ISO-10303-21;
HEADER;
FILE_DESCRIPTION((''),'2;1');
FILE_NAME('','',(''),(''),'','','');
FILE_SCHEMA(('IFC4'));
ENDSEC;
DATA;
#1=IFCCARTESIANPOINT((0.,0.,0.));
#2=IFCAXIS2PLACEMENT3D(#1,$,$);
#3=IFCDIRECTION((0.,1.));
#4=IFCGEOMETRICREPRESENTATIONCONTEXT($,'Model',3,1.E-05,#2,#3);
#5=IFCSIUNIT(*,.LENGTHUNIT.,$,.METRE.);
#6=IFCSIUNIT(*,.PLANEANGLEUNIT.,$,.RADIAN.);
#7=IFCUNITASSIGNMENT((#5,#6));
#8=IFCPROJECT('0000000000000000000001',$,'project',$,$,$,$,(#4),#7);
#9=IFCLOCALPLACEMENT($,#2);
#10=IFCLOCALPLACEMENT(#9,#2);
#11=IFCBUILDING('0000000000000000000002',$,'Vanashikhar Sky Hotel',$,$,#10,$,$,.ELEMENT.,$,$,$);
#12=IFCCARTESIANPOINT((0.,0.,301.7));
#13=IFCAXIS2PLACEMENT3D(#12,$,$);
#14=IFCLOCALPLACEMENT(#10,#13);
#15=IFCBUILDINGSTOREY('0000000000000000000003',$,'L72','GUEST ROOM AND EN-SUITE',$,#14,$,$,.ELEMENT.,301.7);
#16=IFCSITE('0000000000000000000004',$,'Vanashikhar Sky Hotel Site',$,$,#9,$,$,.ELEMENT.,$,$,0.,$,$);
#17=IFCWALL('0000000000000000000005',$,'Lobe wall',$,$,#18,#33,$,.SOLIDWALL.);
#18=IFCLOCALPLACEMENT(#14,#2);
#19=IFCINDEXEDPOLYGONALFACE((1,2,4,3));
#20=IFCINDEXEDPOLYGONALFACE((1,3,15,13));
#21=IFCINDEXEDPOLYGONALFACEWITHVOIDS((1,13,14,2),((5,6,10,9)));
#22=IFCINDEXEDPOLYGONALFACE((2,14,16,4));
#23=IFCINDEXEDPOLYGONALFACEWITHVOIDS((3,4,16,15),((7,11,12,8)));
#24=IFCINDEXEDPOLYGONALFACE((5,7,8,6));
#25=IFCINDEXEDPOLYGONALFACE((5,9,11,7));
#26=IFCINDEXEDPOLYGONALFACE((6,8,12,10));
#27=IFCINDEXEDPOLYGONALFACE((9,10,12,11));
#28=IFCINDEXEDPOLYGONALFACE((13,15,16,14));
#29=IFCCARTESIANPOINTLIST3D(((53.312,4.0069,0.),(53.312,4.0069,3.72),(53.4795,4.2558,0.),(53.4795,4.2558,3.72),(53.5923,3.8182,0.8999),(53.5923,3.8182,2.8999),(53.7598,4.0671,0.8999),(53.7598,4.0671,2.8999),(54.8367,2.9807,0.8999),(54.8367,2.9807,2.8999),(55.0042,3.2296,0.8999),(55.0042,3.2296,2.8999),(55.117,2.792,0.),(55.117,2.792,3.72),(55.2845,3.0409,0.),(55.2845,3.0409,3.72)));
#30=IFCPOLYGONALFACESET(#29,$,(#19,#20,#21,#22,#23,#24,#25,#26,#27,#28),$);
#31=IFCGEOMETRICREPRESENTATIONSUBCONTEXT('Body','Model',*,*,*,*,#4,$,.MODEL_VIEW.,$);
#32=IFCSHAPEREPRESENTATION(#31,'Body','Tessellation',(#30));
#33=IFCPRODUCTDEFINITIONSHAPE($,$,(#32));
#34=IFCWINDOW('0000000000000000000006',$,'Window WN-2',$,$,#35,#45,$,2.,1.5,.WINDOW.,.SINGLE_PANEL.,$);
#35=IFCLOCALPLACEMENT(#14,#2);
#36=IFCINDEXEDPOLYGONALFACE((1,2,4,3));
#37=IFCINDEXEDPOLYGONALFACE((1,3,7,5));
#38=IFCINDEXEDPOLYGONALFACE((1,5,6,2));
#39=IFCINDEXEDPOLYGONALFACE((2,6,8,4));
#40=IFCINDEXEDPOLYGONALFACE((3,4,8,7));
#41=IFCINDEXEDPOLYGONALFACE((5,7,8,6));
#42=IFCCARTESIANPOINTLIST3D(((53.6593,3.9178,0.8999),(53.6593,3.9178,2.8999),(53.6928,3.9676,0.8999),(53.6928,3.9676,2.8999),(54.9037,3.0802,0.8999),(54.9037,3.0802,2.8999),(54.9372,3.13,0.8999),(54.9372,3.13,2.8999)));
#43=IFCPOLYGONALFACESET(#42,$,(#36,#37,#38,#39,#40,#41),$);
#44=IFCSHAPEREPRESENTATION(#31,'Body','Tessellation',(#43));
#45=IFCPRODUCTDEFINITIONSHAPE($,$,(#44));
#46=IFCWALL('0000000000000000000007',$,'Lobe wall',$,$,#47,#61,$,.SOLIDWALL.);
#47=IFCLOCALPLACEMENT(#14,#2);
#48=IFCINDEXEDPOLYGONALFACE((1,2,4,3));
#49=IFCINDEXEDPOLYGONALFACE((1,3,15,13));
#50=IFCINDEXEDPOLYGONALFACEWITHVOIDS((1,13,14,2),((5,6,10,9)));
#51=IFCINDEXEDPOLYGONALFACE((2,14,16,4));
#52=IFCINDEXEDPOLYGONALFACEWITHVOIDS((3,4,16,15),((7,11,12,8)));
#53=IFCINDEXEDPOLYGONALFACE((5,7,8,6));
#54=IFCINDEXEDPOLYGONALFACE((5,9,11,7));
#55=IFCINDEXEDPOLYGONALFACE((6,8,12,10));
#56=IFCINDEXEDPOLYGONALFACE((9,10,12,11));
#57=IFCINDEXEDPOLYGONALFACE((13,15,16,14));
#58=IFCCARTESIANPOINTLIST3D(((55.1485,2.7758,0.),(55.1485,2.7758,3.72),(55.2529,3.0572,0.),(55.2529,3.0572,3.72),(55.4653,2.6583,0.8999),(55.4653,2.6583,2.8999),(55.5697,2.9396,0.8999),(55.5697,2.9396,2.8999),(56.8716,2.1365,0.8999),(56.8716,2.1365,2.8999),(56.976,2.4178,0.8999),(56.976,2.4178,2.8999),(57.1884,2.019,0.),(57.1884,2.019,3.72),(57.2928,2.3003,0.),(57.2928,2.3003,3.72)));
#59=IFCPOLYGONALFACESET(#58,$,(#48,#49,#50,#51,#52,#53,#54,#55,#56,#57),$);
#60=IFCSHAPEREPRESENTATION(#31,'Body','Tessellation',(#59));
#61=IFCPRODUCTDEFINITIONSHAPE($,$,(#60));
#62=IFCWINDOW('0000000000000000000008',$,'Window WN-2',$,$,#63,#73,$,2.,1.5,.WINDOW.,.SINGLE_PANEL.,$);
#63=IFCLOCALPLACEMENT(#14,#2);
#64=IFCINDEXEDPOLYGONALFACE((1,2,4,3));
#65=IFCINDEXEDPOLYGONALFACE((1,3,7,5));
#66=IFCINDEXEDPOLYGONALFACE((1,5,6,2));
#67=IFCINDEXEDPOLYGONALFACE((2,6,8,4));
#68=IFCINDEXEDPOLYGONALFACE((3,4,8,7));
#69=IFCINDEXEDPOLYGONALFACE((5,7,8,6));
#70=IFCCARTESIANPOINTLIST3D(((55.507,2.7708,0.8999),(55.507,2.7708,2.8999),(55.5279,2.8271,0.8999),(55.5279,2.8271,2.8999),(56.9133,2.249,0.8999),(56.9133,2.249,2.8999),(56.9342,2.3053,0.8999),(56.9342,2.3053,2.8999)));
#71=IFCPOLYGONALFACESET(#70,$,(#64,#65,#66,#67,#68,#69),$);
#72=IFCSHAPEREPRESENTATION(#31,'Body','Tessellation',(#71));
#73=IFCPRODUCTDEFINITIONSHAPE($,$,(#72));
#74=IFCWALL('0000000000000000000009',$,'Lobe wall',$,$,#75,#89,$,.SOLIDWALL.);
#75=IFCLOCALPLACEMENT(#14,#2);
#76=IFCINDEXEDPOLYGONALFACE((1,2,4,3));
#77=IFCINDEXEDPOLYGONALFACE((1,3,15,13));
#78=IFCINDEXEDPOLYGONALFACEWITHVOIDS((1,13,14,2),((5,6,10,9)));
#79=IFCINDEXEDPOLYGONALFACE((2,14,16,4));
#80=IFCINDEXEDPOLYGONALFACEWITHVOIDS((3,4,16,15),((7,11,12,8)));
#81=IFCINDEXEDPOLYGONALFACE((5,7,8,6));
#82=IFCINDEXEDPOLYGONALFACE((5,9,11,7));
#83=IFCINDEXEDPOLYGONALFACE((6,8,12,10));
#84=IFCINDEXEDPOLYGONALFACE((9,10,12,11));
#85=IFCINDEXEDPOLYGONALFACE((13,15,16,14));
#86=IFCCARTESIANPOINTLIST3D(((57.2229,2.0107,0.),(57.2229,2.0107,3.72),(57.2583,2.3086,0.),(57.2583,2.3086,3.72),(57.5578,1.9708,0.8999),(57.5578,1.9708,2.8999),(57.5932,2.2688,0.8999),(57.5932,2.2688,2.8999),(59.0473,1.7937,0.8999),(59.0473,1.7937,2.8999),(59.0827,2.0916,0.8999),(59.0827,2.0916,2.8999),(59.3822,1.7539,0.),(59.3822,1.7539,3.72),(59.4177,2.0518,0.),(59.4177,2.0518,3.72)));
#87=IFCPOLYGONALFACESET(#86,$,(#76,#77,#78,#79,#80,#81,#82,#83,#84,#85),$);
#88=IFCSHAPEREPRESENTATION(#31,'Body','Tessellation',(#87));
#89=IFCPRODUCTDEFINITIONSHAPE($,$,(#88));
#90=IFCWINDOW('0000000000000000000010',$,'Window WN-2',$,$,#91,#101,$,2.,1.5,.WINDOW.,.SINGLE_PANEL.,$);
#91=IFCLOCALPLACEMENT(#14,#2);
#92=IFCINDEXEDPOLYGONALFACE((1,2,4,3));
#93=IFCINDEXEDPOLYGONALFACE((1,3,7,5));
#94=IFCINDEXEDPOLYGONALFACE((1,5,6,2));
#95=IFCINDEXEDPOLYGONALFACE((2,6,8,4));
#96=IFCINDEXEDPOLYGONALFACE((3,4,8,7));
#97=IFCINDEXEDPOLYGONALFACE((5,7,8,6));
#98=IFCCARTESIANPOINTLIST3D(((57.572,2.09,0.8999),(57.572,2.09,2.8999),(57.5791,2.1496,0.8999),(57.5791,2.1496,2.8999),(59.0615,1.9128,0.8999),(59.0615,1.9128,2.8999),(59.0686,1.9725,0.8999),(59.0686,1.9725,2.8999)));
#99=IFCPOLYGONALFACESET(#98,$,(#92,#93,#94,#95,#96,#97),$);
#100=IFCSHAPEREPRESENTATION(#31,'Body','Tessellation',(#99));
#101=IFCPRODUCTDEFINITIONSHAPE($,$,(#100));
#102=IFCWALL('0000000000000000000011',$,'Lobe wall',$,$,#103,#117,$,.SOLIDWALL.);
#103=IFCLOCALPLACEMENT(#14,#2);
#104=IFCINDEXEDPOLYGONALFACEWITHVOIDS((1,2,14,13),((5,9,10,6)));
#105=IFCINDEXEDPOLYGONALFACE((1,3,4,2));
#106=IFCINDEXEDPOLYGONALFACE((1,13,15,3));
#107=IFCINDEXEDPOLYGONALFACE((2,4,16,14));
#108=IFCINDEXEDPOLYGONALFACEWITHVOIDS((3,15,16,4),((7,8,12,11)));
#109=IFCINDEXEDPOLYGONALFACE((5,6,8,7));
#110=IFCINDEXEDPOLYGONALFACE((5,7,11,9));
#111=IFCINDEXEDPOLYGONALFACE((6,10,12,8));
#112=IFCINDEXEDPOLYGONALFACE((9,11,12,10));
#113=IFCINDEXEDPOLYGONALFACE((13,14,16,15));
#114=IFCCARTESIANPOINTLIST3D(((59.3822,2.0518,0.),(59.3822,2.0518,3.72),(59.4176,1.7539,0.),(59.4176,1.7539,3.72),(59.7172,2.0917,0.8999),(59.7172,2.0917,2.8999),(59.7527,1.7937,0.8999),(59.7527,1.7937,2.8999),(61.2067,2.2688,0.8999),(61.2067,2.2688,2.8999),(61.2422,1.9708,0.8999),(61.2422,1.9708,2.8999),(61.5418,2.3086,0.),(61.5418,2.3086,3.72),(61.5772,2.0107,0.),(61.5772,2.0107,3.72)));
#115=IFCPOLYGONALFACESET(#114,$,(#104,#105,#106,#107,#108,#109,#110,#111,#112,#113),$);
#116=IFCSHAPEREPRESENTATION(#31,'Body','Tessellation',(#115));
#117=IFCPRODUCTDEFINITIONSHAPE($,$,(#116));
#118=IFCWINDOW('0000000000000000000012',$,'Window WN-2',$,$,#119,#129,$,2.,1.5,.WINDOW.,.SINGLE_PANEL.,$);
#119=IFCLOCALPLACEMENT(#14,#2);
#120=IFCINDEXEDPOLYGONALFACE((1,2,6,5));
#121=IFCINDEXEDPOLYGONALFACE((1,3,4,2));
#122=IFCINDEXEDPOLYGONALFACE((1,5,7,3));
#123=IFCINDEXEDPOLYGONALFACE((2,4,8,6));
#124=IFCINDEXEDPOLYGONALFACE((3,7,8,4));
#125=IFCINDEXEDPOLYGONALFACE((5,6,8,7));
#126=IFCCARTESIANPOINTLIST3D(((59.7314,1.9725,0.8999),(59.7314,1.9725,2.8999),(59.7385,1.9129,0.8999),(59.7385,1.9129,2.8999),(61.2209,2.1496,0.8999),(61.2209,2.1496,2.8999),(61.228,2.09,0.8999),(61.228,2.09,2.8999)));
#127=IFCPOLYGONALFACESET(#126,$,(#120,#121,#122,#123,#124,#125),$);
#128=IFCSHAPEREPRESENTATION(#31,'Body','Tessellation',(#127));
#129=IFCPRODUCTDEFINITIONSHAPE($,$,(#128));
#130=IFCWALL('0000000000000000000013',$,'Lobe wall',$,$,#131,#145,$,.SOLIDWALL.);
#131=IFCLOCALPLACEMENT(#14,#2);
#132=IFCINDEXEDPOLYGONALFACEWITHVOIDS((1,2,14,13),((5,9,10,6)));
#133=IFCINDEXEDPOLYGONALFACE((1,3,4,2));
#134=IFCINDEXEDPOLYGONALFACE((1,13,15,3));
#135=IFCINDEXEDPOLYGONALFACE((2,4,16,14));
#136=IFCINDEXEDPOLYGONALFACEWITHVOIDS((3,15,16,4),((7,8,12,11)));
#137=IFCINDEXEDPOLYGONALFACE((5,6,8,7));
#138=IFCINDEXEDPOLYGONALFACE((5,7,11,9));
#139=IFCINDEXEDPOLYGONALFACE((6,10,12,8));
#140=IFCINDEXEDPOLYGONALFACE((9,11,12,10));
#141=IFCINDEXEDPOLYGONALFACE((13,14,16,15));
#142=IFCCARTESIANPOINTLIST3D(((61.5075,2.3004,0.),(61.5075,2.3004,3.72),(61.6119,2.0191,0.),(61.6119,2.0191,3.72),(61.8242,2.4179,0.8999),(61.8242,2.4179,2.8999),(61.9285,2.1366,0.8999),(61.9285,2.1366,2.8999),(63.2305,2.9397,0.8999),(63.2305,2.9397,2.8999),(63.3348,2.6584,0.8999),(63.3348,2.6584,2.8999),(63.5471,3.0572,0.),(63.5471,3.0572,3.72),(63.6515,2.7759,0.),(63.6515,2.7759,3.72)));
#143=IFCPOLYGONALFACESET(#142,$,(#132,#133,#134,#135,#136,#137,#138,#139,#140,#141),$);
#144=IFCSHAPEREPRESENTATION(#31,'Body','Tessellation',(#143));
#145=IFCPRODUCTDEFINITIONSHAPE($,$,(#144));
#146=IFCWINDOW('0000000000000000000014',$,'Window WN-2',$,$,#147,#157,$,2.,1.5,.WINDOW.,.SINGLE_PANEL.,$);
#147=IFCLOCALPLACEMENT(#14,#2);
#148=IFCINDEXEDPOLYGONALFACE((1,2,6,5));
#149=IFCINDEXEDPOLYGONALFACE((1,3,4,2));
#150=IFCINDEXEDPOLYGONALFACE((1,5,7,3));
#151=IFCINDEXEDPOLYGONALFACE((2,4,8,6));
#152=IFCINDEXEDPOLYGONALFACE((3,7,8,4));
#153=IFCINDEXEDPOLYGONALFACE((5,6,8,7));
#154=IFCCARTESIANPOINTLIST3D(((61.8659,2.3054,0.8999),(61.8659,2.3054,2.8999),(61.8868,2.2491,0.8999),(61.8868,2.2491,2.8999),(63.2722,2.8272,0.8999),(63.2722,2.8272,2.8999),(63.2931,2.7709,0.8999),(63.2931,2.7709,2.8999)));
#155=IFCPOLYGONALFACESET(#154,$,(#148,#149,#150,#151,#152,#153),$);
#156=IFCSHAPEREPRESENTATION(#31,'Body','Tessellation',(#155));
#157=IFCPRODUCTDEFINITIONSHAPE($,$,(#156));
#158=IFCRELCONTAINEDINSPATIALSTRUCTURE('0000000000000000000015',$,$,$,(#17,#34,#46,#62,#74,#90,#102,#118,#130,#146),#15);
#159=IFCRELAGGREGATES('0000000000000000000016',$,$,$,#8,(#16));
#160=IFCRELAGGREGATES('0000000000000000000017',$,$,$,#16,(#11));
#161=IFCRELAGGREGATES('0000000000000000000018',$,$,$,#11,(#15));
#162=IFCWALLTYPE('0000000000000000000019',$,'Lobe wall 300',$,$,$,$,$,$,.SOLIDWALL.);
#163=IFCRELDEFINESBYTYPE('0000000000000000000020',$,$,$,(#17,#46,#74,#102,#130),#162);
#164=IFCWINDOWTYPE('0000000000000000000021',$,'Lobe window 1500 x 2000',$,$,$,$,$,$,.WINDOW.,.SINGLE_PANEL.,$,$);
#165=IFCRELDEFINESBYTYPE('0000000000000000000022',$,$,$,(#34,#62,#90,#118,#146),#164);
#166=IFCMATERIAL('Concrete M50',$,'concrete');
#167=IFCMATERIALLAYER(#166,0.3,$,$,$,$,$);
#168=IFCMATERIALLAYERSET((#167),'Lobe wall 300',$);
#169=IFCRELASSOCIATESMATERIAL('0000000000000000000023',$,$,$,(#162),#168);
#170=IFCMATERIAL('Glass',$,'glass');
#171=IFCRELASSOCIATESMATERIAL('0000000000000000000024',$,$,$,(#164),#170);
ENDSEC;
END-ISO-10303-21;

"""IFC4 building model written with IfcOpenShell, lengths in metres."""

from ifc_helpers import new_model, si_unit, direction, frame, frame_2d, origin, place, context, subcontext, project, spatial, rectangle, extrude, source, transform, mapped, material, layer, layer_set, type_object, element, fill, save


model = new_model("IFC4")

# Units and contexts
model_context = context("Model", 3, precision=1e-05, world=origin(), true_north=direction((0.0, 1.0)))
body_context = subcontext(model_context, "Body", "Model", "MODEL_VIEW")
ifc_project = project(units=[si_unit("LENGTHUNIT", "METRE"), si_unit("PLANEANGLEUNIT", "RADIAN")], contexts=[model_context])

# Site, building, storey
site_placement = place(None, origin())
site = spatial("IfcSite", under=ifc_project, at=site_placement, Name="Vanashikhar Sky Hotel Site", CompositionType="ELEMENT", RefElevation=0.0)
building_placement = place(site_placement, origin())
building = spatial("IfcBuilding", under=site, at=building_placement, Name="Vanashikhar Sky Hotel", CompositionType="ELEMENT")
storey_placement = place(building_placement, frame((0.0, 0.0, 301.7)))
storey = spatial("IfcBuildingStorey", under=building, at=storey_placement, Name="L72", Description="GUEST ROOM AND EN-SUITE", CompositionType="ELEMENT", Elevation=301.7)

# Walls, openings, windows
ifc_material_1 = material(Name="Concrete M50", Category="concrete")
ifc_layer_1 = layer(ifc_material_1, 0.3)
ifc_layer_set_1 = layer_set([ifc_layer_1], Name="Lobe wall 300")
wall_type_1 = type_object("IfcWallType", Name="Lobe wall 300", PredefinedType="SOLIDWALL", material=ifc_layer_set_1)
shared_shape_1 = source(origin(), body_context, "Body", "SweptSolid", [
    extrude(rectangle(XDim=2.1758, YDim=0.3, at=frame_2d((1.0879, 0.0))), origin(), (0.0, 0.0, 1.0), 3.72),
])
wall_1_placement = place(storey_placement, frame((53.3958, 4.1313, 0.0), z_axis=(0.0, 0.0, 1.0), x_axis=(0.829591, -0.558372, 0.0)))
wall_1 = element("IfcWall", 1, at=wall_1_placement, inside=storey, type_object=wall_type_1, Name="Lobe wall", PredefinedType="SOLIDWALL", context=body_context, shape_type="MappedRepresentation", body=[
    mapped(shared_shape_1, transform((0.0, 0.0, 0.0), scale=1.0)),
])
shared_shape_2 = source(origin(), body_context, "Body", "SweptSolid", [
    extrude(rectangle(XDim=1.5, YDim=2.0, at=frame_2d((0.75, 1.0))), frame((0.0, 0.1602, 0.0), z_axis=(0.0, -1.0, 0.0), x_axis=(1.0, 0.0, 0.0)), (0.0, 0.0, 1.0), 0.3201),
])
opening_1_placement = place(wall_1_placement, frame((0.3379, 0.0, 0.8999)))
opening_1 = element("IfcOpeningElement", 2, at=opening_1_placement, cuts=wall_1, PredefinedType="OPENING", context=body_context, shape_type="MappedRepresentation", body=[
    mapped(shared_shape_2, transform((0.0, 0.0, 0.0), scale=1.0)),
])
ifc_material_2 = material(Name="Glass", Category="glass")
window_type = type_object("IfcWindowType", Name="Lobe window 1500 x 2000", PartitioningType="SINGLE_PANEL", PredefinedType="WINDOW", material=ifc_material_2)
shared_shape_3 = source(origin(), body_context, "Body", "SweptSolid", [
    extrude(rectangle(XDim=1.5, YDim=2.0, at=frame_2d((0.75, 1.0))), frame((0.0, 0.03, 0.0), z_axis=(0.0, -1.0, 0.0), x_axis=(1.0, 0.0, 0.0)), (0.0, 0.0, 1.0), 0.0601),
])
window_1_placement = place(opening_1_placement, origin())
window_1 = element("IfcWindow", 3, at=window_1_placement, inside=storey, type_object=window_type, Name="Window WN-2", OverallHeight=2.0, OverallWidth=1.5, PartitioningType="SINGLE_PANEL", PredefinedType="WINDOW", context=body_context, shape_type="MappedRepresentation", body=[
    mapped(shared_shape_3, transform((0.0, 0.0, 0.0), scale=1.0)),
])
fill(opening_1, window_1)
wall_2_placement = place(storey_placement, frame((55.2007, 2.9165, 0.0), z_axis=(0.0, 0.0, 1.0), x_axis=(0.937546, -0.347863, 0.0)))
wall_2 = element("IfcWall", 4, at=wall_2_placement, inside=storey, type_object=wall_type_1, Name="Lobe wall", PredefinedType="SOLIDWALL", context=body_context, shape_type="MappedRepresentation", body=[
    mapped(shared_shape_1, transform((0.0, 0.0, 0.0), scale=1.0)),
])
opening_2_placement = place(wall_2_placement, frame((0.3379, 0.0, 0.8999)))
opening_2 = element("IfcOpeningElement", 5, at=opening_2_placement, cuts=wall_2, PredefinedType="OPENING", context=body_context, shape_type="MappedRepresentation", body=[
    mapped(shared_shape_2, transform((0.0, 0.0, 0.0), scale=1.0)),
])
window_2_placement = place(opening_2_placement, origin())
window_2 = element("IfcWindow", 6, at=window_2_placement, inside=storey, type_object=window_type, Name="Window WN-2", OverallHeight=2.0, OverallWidth=1.5, PartitioningType="SINGLE_PANEL", PredefinedType="WINDOW", context=body_context, shape_type="MappedRepresentation", body=[
    mapped(shared_shape_3, transform((0.0, 0.0, 0.0), scale=1.0)),
])
fill(opening_2, window_2)
shared_shape_4 = source(origin(), body_context, "Body", "SweptSolid", [
    extrude(rectangle(XDim=2.1746, YDim=0.3, at=frame_2d((1.0874, 0.0))), origin(), (0.0, 0.0, 1.0), 3.72),
])
wall_3_placement = place(storey_placement, frame((57.2405, 2.1597, 0.0), z_axis=(0.0, 0.0, 1.0), x_axis=(0.993001, -0.118105, 0.0)))
wall_3 = element("IfcWall", 7, at=wall_3_placement, inside=storey, type_object=wall_type_1, Name="Lobe wall", PredefinedType="SOLIDWALL", context=body_context, shape_type="MappedRepresentation", body=[
    mapped(shared_shape_4, transform((0.0, 0.0, 0.0), scale=1.0)),
])
opening_3_placement = place(wall_3_placement, frame((0.3374, 0.0, 0.8999)))
opening_3 = element("IfcOpeningElement", 8, at=opening_3_placement, cuts=wall_3, PredefinedType="OPENING", context=body_context, shape_type="MappedRepresentation", body=[
    mapped(shared_shape_2, transform((0.0, 0.0, 0.0), scale=1.0)),
])
window_3_placement = place(opening_3_placement, origin())
window_3 = element("IfcWindow", 9, at=window_3_placement, inside=storey, type_object=window_type, Name="Window WN-2", OverallHeight=2.0, OverallWidth=1.5, PartitioningType="SINGLE_PANEL", PredefinedType="WINDOW", context=body_context, shape_type="MappedRepresentation", body=[
    mapped(shared_shape_3, transform((0.0, 0.0, 0.0), scale=1.0)),
])
fill(opening_3, window_3)
shared_shape_5 = source(origin(), body_context, "Body", "SweptSolid", [
    extrude(rectangle(XDim=2.1748, YDim=0.3, at=frame_2d((1.0874, 0.0))), origin(), (0.0, 0.0, 1.0), 3.72),
])
wall_4_placement = place(storey_placement, frame((59.3999, 1.9028, 0.0), z_axis=(0.0, 0.0, 1.0), x_axis=(0.993003, 0.118092, 0.0)))
wall_4 = element("IfcWall", 10, at=wall_4_placement, inside=storey, type_object=wall_type_1, Name="Lobe wall", PredefinedType="SOLIDWALL", context=body_context, shape_type="MappedRepresentation", body=[
    mapped(shared_shape_5, transform((0.0, 0.0, 0.0), scale=1.0)),
])
opening_4_placement = place(wall_4_placement, frame((0.3374, 0.0, 0.8999)))
opening_4 = element("IfcOpeningElement", 11, at=opening_4_placement, cuts=wall_4, PredefinedType="OPENING", context=body_context, shape_type="MappedRepresentation", body=[
    mapped(shared_shape_2, transform((0.0, 0.0, 0.0), scale=1.0)),
])
window_4_placement = place(opening_4_placement, origin())
window_4 = element("IfcWindow", 12, at=window_4_placement, inside=storey, type_object=window_type, Name="Window WN-2", OverallHeight=2.0, OverallWidth=1.5, PartitioningType="SINGLE_PANEL", PredefinedType="WINDOW", context=body_context, shape_type="MappedRepresentation", body=[
    mapped(shared_shape_3, transform((0.0, 0.0, 0.0), scale=1.0)),
])
fill(opening_4, window_4)
shared_shape_6 = source(origin(), body_context, "Body", "SweptSolid", [
    extrude(rectangle(XDim=2.1755, YDim=0.3, at=frame_2d((1.0879, 0.0))), origin(), (0.0, 0.0, 1.0), 3.72),
])
wall_5_placement = place(storey_placement, frame((61.5596, 2.1597, 0.0), z_axis=(0.0, 0.0, 1.0), x_axis=(0.937532, 0.347899, 0.0)))
wall_5 = element("IfcWall", 13, at=wall_5_placement, inside=storey, type_object=wall_type_1, Name="Lobe wall", PredefinedType="SOLIDWALL", context=body_context, shape_type="MappedRepresentation", body=[
    mapped(shared_shape_6, transform((0.0, 0.0, 0.0), scale=1.0)),
])
opening_5_placement = place(wall_5_placement, frame((0.3379, 0.0, 0.8999)))
opening_5 = element("IfcOpeningElement", 14, at=opening_5_placement, cuts=wall_5, PredefinedType="OPENING", context=body_context, shape_type="MappedRepresentation", body=[
    mapped(shared_shape_2, transform((0.0, 0.0, 0.0), scale=1.0)),
])
window_5_placement = place(opening_5_placement, origin())
window_5 = element("IfcWindow", 15, at=window_5_placement, inside=storey, type_object=window_type, Name="Window WN-2", OverallHeight=2.0, OverallWidth=1.5, PartitioningType="SINGLE_PANEL", PredefinedType="WINDOW", context=body_context, shape_type="MappedRepresentation", body=[
    mapped(shared_shape_3, transform((0.0, 0.0, 0.0), scale=1.0)),
])
fill(opening_5, window_5)

save(model, "model.ifc")
